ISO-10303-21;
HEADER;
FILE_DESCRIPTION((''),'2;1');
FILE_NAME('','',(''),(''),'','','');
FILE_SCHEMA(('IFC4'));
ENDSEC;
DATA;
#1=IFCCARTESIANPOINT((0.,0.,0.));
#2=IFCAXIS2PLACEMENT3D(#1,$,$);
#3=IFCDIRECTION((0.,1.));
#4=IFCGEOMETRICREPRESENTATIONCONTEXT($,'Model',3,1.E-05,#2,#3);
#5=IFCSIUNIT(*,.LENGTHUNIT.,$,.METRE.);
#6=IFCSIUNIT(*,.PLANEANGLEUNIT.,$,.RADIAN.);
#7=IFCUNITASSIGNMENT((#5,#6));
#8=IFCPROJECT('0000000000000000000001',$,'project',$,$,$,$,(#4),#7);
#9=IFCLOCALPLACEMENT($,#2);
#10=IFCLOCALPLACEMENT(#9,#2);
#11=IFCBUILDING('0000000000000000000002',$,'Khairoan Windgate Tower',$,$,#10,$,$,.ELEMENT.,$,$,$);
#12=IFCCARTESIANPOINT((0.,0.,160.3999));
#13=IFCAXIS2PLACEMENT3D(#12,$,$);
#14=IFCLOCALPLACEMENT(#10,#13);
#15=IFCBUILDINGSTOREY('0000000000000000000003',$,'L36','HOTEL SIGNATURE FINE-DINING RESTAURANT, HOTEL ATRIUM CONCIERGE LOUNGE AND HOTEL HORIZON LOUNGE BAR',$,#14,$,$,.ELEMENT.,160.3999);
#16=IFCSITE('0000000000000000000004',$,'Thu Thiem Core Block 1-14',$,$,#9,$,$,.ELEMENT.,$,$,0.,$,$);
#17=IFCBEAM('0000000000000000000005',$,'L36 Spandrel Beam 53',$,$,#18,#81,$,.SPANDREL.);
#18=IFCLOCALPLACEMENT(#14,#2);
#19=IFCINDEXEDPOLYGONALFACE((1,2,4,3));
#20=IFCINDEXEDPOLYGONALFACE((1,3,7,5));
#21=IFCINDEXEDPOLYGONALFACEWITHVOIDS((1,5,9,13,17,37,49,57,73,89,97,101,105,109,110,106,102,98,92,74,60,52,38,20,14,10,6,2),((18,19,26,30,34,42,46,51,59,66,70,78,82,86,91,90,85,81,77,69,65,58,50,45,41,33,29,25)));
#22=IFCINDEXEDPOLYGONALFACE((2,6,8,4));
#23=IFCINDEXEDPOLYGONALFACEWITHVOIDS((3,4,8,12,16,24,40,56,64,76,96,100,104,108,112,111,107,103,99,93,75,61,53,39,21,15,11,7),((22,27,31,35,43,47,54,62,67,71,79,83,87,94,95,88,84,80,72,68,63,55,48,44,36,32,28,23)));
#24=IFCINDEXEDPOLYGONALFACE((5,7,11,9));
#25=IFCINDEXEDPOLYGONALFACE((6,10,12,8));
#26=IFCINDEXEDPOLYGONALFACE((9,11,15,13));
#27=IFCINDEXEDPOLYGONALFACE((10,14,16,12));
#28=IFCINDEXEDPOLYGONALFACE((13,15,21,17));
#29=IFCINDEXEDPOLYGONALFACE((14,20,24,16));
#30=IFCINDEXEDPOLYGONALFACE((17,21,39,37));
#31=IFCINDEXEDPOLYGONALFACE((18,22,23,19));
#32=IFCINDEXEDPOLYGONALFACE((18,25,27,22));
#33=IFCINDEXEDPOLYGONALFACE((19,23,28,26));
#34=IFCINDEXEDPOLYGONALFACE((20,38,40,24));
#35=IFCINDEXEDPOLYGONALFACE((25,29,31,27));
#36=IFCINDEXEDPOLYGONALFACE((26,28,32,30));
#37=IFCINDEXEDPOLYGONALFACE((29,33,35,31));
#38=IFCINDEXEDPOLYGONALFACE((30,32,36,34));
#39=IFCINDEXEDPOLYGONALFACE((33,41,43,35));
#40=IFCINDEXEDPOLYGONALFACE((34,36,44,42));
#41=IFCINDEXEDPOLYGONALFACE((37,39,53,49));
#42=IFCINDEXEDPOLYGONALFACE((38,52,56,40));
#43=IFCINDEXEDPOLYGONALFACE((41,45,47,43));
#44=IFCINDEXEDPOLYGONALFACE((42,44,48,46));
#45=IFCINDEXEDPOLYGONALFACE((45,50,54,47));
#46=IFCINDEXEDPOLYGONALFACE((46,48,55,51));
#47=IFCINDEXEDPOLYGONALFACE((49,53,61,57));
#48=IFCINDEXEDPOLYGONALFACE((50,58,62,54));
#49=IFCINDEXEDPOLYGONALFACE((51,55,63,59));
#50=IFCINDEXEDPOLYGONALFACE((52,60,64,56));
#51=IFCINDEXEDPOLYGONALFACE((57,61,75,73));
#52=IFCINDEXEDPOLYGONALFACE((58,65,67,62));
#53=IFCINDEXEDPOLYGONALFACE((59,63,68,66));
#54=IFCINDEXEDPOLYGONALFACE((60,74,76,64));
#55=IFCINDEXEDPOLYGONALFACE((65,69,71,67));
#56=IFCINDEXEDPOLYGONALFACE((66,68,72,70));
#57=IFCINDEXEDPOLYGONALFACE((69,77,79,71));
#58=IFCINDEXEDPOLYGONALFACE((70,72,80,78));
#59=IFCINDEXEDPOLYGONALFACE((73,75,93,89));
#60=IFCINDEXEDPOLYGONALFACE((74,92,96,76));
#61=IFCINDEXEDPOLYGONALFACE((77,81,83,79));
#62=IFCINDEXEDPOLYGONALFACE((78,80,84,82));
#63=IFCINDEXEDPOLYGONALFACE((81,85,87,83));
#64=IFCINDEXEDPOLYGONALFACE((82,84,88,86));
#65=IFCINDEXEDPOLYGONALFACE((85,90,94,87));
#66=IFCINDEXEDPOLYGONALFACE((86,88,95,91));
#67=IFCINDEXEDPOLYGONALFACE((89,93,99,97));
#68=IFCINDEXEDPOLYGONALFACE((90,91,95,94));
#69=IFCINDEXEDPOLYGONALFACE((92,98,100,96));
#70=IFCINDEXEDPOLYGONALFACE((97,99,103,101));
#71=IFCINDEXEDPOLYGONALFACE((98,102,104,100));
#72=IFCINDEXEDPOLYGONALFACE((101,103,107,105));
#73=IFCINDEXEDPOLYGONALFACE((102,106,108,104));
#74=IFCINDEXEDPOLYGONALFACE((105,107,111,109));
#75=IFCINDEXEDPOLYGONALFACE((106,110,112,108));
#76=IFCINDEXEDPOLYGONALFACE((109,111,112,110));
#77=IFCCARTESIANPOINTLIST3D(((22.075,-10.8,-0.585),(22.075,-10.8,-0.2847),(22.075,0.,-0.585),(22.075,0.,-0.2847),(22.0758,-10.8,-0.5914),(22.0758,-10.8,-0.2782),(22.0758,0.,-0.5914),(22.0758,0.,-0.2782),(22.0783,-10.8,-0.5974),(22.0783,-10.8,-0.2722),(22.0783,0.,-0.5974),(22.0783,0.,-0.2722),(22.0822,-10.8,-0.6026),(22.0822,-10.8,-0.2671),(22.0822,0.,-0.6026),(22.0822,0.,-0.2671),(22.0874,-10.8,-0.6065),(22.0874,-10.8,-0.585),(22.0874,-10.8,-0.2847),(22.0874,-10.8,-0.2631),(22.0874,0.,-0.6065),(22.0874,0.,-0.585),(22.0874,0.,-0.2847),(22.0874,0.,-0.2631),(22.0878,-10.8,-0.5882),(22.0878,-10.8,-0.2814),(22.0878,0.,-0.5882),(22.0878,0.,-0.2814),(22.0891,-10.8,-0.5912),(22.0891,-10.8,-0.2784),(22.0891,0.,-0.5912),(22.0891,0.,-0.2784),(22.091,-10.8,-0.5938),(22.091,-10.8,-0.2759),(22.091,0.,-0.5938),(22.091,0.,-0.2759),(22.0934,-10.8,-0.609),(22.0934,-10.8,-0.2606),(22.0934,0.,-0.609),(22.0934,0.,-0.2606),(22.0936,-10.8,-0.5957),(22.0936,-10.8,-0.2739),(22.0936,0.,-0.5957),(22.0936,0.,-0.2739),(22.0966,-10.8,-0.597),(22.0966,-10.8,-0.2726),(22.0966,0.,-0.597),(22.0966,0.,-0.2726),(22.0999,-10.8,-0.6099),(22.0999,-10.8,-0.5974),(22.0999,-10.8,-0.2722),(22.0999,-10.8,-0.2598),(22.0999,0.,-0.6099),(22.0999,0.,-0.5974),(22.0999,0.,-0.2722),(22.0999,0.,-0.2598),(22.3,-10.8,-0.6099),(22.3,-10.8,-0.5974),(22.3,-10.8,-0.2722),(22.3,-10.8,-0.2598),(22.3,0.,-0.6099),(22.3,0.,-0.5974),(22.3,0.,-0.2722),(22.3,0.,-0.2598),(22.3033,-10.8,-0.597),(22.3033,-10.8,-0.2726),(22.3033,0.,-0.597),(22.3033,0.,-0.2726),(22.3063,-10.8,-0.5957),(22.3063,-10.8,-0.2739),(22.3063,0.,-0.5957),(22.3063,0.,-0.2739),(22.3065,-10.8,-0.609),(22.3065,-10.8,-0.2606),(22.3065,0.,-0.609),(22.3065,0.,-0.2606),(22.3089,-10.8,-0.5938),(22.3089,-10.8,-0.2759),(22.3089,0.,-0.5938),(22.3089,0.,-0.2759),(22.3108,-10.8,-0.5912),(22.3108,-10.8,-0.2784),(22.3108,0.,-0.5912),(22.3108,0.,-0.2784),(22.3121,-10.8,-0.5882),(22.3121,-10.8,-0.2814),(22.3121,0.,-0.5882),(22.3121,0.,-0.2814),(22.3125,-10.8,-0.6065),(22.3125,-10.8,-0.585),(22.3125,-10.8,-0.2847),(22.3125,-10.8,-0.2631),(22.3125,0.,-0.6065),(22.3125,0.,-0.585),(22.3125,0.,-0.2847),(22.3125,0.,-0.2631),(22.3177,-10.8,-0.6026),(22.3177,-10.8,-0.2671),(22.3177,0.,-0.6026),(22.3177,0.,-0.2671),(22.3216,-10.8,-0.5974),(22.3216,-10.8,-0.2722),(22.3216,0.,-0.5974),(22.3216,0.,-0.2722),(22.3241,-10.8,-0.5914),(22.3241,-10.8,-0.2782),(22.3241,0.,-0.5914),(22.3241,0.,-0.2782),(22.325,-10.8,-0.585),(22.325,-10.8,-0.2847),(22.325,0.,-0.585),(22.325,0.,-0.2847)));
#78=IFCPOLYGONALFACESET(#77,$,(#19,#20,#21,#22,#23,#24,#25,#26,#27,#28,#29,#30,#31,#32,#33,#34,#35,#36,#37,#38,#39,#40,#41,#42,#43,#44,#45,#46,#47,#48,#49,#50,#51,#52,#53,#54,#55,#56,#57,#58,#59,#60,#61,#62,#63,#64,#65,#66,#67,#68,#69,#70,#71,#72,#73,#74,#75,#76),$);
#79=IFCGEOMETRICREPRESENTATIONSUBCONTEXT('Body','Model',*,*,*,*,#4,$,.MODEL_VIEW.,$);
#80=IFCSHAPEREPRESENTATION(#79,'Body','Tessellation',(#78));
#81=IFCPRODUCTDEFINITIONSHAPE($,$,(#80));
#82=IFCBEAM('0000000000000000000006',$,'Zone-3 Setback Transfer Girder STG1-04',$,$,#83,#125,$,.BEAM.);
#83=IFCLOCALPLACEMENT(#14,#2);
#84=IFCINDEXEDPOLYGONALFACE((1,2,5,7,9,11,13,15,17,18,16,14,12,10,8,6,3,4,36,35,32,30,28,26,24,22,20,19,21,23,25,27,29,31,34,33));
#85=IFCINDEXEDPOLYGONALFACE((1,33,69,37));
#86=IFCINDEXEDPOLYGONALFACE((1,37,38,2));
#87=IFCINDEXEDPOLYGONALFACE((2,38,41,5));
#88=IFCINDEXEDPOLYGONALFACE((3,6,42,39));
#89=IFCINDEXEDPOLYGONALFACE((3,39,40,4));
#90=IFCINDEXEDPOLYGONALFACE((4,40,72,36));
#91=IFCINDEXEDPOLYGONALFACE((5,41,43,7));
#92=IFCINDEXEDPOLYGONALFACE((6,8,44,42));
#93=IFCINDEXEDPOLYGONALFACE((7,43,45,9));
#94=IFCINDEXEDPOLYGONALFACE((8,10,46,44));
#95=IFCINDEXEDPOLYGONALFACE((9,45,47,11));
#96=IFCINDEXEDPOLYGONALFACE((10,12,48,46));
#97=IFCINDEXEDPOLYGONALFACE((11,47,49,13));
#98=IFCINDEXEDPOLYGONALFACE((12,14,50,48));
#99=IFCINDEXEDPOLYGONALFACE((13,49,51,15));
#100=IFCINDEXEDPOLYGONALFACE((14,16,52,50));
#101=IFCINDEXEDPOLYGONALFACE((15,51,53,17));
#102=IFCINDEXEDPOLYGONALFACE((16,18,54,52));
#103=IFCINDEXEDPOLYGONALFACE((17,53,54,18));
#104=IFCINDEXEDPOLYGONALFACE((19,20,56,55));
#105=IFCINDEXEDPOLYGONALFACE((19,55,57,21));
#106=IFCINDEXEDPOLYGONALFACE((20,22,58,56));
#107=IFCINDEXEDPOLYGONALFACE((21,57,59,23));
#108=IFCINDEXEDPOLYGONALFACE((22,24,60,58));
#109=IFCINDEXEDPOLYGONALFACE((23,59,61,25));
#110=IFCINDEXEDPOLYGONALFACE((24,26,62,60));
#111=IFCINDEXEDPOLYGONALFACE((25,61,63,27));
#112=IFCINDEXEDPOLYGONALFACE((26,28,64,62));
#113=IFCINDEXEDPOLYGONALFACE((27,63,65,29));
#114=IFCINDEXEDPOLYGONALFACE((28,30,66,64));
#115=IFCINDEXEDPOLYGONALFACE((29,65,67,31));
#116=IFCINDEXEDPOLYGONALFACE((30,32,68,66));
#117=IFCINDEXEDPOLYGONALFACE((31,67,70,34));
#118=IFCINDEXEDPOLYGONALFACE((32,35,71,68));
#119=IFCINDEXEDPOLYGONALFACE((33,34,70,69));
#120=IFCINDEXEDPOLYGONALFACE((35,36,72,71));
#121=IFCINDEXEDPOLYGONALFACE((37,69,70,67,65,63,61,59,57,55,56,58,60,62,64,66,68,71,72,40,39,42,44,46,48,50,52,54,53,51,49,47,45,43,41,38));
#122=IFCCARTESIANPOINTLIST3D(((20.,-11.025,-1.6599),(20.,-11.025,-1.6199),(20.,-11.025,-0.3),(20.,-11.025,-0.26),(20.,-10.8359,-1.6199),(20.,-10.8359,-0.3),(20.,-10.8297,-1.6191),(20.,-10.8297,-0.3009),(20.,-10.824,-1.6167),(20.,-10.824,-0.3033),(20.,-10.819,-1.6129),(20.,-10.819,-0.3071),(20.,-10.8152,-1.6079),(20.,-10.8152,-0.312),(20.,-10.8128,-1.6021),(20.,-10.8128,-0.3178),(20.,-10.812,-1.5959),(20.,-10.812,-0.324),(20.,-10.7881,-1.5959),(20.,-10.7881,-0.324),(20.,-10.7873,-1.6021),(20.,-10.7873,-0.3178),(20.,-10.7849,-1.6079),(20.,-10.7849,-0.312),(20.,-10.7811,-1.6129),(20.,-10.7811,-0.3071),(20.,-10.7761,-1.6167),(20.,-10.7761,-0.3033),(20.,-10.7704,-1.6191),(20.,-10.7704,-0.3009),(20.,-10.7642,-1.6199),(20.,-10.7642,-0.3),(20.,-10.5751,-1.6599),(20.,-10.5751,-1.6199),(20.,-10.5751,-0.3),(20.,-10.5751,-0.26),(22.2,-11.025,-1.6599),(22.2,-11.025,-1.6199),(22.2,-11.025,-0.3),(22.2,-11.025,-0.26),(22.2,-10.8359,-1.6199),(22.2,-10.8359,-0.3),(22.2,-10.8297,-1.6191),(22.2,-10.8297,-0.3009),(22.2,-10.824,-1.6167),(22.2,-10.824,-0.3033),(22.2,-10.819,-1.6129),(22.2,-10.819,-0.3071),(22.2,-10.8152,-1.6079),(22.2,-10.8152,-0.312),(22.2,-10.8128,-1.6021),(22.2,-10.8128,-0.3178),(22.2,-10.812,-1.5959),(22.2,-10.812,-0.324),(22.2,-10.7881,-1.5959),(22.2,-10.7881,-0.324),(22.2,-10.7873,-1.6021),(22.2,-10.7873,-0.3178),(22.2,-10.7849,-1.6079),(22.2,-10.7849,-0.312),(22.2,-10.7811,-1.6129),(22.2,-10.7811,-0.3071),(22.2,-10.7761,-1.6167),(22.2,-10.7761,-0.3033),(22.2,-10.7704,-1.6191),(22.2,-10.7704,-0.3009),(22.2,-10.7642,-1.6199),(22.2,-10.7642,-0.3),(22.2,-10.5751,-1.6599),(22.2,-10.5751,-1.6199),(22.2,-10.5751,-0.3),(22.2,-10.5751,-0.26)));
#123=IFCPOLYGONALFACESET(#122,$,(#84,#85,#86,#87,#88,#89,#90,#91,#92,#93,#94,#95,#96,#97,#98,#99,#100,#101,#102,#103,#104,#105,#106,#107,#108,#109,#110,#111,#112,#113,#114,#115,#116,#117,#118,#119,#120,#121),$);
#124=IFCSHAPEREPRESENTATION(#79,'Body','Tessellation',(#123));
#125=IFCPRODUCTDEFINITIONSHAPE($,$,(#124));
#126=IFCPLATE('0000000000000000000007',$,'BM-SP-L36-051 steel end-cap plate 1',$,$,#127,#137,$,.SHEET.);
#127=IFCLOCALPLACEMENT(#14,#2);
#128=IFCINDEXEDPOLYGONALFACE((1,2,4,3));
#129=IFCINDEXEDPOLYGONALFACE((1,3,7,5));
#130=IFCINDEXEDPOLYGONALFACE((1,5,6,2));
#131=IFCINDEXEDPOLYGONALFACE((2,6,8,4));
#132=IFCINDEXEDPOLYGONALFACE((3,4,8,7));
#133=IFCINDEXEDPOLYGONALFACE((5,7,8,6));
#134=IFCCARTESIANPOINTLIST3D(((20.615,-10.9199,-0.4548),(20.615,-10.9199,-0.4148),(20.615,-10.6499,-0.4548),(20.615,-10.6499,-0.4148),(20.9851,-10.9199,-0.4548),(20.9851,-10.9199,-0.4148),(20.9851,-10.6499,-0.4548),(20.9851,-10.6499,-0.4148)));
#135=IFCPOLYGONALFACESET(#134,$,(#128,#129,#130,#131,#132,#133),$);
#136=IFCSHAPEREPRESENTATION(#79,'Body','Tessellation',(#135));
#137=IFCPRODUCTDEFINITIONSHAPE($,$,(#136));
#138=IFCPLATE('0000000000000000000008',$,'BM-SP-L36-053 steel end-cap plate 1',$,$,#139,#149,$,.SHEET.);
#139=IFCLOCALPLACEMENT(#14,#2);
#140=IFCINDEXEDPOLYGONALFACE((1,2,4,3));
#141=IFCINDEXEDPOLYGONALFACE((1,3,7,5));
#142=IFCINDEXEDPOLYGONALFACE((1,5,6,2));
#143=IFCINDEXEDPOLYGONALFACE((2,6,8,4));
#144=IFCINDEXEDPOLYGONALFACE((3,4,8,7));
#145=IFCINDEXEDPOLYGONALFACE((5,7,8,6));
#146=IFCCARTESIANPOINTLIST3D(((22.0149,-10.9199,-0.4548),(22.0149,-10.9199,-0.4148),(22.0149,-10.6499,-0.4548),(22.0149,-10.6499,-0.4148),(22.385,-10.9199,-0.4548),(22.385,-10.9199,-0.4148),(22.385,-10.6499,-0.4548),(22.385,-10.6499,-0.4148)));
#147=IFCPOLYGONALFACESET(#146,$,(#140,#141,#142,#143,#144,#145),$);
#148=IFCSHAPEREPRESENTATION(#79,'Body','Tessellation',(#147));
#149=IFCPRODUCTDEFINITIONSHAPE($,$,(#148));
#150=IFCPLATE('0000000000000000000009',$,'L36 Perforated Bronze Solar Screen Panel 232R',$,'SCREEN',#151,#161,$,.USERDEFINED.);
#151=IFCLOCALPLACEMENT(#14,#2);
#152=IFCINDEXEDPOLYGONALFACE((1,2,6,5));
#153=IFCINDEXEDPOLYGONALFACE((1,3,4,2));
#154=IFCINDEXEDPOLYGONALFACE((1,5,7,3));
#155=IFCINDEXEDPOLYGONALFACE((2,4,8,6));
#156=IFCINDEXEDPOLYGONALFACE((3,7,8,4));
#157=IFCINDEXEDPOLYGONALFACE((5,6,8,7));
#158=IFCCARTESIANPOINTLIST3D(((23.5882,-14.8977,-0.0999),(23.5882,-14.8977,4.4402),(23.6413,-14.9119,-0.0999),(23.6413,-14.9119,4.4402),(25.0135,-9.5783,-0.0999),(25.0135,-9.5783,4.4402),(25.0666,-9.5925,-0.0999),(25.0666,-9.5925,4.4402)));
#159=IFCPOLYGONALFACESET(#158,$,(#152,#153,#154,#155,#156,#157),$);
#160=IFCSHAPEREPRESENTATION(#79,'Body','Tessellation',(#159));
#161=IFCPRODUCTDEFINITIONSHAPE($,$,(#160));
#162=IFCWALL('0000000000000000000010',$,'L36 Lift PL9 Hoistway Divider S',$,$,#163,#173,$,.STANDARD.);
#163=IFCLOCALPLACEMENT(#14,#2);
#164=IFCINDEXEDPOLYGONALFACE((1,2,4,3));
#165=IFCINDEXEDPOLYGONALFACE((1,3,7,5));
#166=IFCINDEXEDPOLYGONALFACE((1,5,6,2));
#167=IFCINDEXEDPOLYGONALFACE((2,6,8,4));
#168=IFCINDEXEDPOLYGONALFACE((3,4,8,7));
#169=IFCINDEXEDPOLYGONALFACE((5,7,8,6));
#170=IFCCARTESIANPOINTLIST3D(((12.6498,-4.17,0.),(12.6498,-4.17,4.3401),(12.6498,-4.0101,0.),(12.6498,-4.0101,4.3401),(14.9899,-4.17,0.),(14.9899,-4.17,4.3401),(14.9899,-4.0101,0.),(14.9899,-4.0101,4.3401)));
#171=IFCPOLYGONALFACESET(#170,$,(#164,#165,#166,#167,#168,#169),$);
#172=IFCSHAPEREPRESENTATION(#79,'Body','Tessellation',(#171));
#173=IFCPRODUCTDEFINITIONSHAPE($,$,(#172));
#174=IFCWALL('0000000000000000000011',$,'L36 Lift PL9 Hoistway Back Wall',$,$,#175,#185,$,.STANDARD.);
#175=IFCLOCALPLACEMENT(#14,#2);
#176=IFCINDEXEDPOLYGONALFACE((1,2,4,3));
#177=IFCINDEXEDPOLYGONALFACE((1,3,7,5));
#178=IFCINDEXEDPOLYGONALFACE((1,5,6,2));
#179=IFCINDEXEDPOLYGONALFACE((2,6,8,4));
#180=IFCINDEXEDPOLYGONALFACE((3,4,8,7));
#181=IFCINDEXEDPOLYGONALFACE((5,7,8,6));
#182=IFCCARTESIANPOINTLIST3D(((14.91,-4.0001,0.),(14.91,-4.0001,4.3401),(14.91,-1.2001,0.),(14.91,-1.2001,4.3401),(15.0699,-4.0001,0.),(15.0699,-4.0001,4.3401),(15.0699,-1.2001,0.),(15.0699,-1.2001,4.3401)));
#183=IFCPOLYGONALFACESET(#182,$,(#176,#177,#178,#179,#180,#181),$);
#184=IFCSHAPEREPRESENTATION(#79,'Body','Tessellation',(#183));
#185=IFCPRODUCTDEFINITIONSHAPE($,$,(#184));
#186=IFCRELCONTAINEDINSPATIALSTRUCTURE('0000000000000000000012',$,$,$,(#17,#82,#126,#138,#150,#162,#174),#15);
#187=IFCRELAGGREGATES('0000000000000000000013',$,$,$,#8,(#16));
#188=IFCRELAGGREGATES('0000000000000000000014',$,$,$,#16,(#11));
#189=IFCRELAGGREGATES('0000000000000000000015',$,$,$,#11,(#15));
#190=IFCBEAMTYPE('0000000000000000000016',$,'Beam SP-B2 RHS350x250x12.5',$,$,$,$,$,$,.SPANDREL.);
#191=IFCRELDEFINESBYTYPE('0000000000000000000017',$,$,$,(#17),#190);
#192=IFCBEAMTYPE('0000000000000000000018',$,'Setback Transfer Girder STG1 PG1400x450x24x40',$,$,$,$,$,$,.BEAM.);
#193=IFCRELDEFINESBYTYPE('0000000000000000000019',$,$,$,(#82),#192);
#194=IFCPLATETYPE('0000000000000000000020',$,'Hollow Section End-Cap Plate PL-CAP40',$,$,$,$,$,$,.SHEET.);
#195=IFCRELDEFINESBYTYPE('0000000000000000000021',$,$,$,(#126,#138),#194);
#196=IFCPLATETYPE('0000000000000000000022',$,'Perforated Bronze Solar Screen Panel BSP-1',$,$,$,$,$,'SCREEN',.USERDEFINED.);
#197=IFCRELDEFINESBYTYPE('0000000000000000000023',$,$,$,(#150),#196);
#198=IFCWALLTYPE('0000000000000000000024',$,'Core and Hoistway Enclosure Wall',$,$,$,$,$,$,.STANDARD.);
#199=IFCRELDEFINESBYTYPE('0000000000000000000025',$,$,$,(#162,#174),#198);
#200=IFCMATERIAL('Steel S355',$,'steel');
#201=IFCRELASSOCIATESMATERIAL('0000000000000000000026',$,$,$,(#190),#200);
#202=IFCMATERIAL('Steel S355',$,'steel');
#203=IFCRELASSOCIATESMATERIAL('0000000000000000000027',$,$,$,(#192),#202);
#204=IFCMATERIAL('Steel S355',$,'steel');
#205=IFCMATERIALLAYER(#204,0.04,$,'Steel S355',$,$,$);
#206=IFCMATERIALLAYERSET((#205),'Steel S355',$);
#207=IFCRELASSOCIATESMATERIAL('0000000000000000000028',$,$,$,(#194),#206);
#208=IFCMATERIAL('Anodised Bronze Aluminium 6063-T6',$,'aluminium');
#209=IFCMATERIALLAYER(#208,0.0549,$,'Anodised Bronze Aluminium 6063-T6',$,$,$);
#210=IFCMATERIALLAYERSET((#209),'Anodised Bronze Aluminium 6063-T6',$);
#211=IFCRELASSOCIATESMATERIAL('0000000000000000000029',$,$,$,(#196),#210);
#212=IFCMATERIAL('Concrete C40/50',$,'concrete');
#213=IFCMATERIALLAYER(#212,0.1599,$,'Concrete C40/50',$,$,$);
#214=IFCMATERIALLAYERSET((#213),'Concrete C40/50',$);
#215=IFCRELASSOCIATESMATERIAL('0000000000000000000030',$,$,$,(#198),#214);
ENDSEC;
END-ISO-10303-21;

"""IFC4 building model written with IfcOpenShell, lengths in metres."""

from ifc_helpers import new_model, si_unit, direction, frame, frame_2d, origin, origin_2d, place, context, subcontext, project, spatial, rectangle, hollow_rectangle, i_section, extrude, material, layer, layer_set, material_profile, profile_set, type_object, element, save


model = new_model("IFC4")

# Units and contexts
model_context = context("Model", 3, precision=1e-05, world=origin(), true_north=direction((0.0, 1.0)))
body_context = subcontext(model_context, "Body", "Model", "MODEL_VIEW")
ifc_project = project(units=[si_unit("LENGTHUNIT", "METRE"), si_unit("PLANEANGLEUNIT", "RADIAN")], contexts=[model_context])

# Site, building, storey
site_placement = place(None, origin())
site = spatial("IfcSite", under=ifc_project, at=site_placement, Name="Thu Thiem Core Block 1-14", CompositionType="ELEMENT", RefElevation=0.0)
building_placement = place(site_placement, origin())
building = spatial("IfcBuilding", under=site, at=building_placement, Name="Khairoan Windgate Tower", CompositionType="ELEMENT")
storey_placement = place(building_placement, frame((0.0, 0.0, 160.3999)))
storey = spatial("IfcBuildingStorey", under=building, at=storey_placement, Name="L36", Description="HOTEL SIGNATURE FINE-DINING RESTAURANT, HOTEL ATRIUM CONCIERGE LOUNGE AND HOTEL HORIZON LOUNGE BAR", CompositionType="ELEMENT", Elevation=160.3999)

# Beams
ifc_material_1 = material(Name="Steel S355", Category="steel")
ifc_material_profile_1 = material_profile(ifc_material_1, hollow_rectangle(XDim=0.25, YDim=0.3501, WallThickness=0.0125, InnerFilletRadius=0.0125, OuterFilletRadius=0.0249, at=origin_2d()))
ifc_profile_set_1 = profile_set([ifc_material_profile_1], Name="Steel S355")
beam_type_1 = type_object("IfcBeamType", Name="Beam SP-B2 RHS350x250x12.5", PredefinedType="SPANDREL", material=ifc_profile_set_1)
for number, where, z_axis, x_axis, name in (
    (1, (22.2, -10.8, -0.4348), (0.0, 1.0, 0.0), (-1.0, 0.0, 0.0), "L36 Spandrel Beam 53"),
):
    element("IfcBeam", number, at=place(storey_placement, frame(where, z_axis=z_axis, x_axis=x_axis)), inside=storey, type_object=beam_type_1, Name=name, PredefinedType="SPANDREL", context=body_context, shape_type="SweptSolid", body=[
        extrude(hollow_rectangle(XDim=0.25, YDim=0.3501, WallThickness=0.0125, InnerFilletRadius=0.0125, OuterFilletRadius=0.0249, at=origin_2d()), origin(), (0.0, 0.0, 1.0), 10.8),
    ])
ifc_material_2 = material(Name="Steel S355", Category="steel")
ifc_material_profile_2 = material_profile(ifc_material_2, i_section(OverallWidth=0.45, OverallDepth=1.3999, WebThickness=0.0239, FlangeThickness=0.04, FilletRadius=0.0239, at=origin_2d()))
ifc_profile_set_2 = profile_set([ifc_material_profile_2], Name="Steel S355")
beam_type_2 = type_object("IfcBeamType", Name="Setback Transfer Girder STG1 PG1400x450x24x40", PredefinedType="BEAM", material=ifc_profile_set_2)
beam_1_placement = place(storey_placement, frame((20.0, -10.8, -0.96), z_axis=(1.0, 0.0, 0.0), x_axis=(0.0, 1.0, 0.0)))
element("IfcBeam", 2, at=beam_1_placement, inside=storey, type_object=beam_type_2, Name="Zone-3 Setback Transfer Girder STG1-04", PredefinedType="BEAM", context=body_context, shape_type="SweptSolid", body=[
    extrude(i_section(OverallWidth=0.45, OverallDepth=1.3999, WebThickness=0.0239, FlangeThickness=0.04, FilletRadius=0.0239, at=origin_2d()), origin(), (0.0, 0.0, 1.0), 2.2),
])

# Plates
ifc_material_3 = material(Name="Steel S355", Category="steel")
ifc_layer_1 = layer(ifc_material_3, 0.04, Name="Steel S355")
ifc_layer_set_1 = layer_set([ifc_layer_1], Name="Steel S355")
plate_type_1 = type_object("IfcPlateType", Name="Hollow Section End-Cap Plate PL-CAP40", PredefinedType="SHEET", material=ifc_layer_set_1)
for number, where, z_axis, x_axis, name in (
    (3, (20.8, -10.7849, -0.4548), (0.0, 0.0, 1.0), (0.0, 1.0, 0.0), "BM-SP-L36-051 steel end-cap plate 1"),
    (4, (22.2, -10.7849, -0.4548), (0.0, 0.0, 1.0), (0.0, 1.0, 0.0), "BM-SP-L36-053 steel end-cap plate 1"),
):
    element("IfcPlate", number, at=place(storey_placement, frame(where, z_axis=z_axis, x_axis=x_axis)), inside=storey, type_object=plate_type_1, Name=name, PredefinedType="SHEET", context=body_context, shape_type="SweptSolid", body=[
        extrude(rectangle(XDim=0.27, YDim=0.3701, at=origin_2d()), origin(), (0.0, 0.0, 1.0), 0.04),
    ])
ifc_material_4 = material(Name="Anodised Bronze Aluminium 6063-T6", Category="aluminium")
ifc_layer_2 = layer(ifc_material_4, 0.0549, Name="Anodised Bronze Aluminium 6063-T6")
ifc_layer_set_2 = layer_set([ifc_layer_2], Name="Anodised Bronze Aluminium 6063-T6")
plate_type_2 = type_object("IfcPlateType", Name="Perforated Bronze Solar Screen Panel BSP-1", ElementType="SCREEN", PredefinedType="USERDEFINED", material=ifc_layer_set_2)
plate_placement = place(storey_placement, frame((24.3274, -12.2451, -0.0999), z_axis=(0.0, 0.0, 1.0), x_axis=(-0.258819, -0.965926, 0.0)))
element("IfcPlate", 5, at=plate_placement, inside=storey, type_object=plate_type_2, Name="L36 Perforated Bronze Solar Screen Panel 232R", ObjectType="SCREEN", PredefinedType="USERDEFINED", context=body_context, shape_type="SweptSolid", body=[
    extrude(rectangle(XDim=5.5071, YDim=0.0549, at=origin_2d()), origin(), (0.0, 0.0, 1.0), 4.54),
])

# Walls
ifc_material_5 = material(Name="Concrete C40/50", Category="concrete")
ifc_layer_3 = layer(ifc_material_5, 0.1599, Name="Concrete C40/50")
ifc_layer_set_3 = layer_set([ifc_layer_3], Name="Concrete C40/50")
wall_type_1 = type_object("IfcWallType", Name="Core and Hoistway Enclosure Wall", PredefinedType="STANDARD", material=ifc_layer_set_3)
wall_1_placement = place(storey_placement, frame((12.6499, -4.0901, 0.0), z_axis=(0.0, 0.0, 1.0), x_axis=(1.0, 0.0, 0.0)))
element("IfcWall", 6, at=wall_1_placement, inside=storey, type_object=wall_type_1, Name="L36 Lift PL9 Hoistway Divider S", PredefinedType="STANDARD", context=body_context, shape_type="SweptSolid", body=[
    extrude(rectangle(XDim=2.3401, YDim=0.1599, at=frame_2d((1.1699, 0.0))), origin(), (0.0, 0.0, 1.0), 4.3401),
])
wall_2_placement = place(storey_placement, frame((14.99, -4.0, 0.0), z_axis=(0.0, 0.0, 1.0), x_axis=(0.0, 1.0, 0.0)))
element("IfcWall", 7, at=wall_2_placement, inside=storey, type_object=wall_type_1, Name="L36 Lift PL9 Hoistway Back Wall", PredefinedType="STANDARD", context=body_context, shape_type="SweptSolid", body=[
    extrude(rectangle(XDim=2.8, YDim=0.1599, at=frame_2d((1.3999, 0.0))), origin(), (0.0, 0.0, 1.0), 4.3401),
])

save(model, "model.ifc")
